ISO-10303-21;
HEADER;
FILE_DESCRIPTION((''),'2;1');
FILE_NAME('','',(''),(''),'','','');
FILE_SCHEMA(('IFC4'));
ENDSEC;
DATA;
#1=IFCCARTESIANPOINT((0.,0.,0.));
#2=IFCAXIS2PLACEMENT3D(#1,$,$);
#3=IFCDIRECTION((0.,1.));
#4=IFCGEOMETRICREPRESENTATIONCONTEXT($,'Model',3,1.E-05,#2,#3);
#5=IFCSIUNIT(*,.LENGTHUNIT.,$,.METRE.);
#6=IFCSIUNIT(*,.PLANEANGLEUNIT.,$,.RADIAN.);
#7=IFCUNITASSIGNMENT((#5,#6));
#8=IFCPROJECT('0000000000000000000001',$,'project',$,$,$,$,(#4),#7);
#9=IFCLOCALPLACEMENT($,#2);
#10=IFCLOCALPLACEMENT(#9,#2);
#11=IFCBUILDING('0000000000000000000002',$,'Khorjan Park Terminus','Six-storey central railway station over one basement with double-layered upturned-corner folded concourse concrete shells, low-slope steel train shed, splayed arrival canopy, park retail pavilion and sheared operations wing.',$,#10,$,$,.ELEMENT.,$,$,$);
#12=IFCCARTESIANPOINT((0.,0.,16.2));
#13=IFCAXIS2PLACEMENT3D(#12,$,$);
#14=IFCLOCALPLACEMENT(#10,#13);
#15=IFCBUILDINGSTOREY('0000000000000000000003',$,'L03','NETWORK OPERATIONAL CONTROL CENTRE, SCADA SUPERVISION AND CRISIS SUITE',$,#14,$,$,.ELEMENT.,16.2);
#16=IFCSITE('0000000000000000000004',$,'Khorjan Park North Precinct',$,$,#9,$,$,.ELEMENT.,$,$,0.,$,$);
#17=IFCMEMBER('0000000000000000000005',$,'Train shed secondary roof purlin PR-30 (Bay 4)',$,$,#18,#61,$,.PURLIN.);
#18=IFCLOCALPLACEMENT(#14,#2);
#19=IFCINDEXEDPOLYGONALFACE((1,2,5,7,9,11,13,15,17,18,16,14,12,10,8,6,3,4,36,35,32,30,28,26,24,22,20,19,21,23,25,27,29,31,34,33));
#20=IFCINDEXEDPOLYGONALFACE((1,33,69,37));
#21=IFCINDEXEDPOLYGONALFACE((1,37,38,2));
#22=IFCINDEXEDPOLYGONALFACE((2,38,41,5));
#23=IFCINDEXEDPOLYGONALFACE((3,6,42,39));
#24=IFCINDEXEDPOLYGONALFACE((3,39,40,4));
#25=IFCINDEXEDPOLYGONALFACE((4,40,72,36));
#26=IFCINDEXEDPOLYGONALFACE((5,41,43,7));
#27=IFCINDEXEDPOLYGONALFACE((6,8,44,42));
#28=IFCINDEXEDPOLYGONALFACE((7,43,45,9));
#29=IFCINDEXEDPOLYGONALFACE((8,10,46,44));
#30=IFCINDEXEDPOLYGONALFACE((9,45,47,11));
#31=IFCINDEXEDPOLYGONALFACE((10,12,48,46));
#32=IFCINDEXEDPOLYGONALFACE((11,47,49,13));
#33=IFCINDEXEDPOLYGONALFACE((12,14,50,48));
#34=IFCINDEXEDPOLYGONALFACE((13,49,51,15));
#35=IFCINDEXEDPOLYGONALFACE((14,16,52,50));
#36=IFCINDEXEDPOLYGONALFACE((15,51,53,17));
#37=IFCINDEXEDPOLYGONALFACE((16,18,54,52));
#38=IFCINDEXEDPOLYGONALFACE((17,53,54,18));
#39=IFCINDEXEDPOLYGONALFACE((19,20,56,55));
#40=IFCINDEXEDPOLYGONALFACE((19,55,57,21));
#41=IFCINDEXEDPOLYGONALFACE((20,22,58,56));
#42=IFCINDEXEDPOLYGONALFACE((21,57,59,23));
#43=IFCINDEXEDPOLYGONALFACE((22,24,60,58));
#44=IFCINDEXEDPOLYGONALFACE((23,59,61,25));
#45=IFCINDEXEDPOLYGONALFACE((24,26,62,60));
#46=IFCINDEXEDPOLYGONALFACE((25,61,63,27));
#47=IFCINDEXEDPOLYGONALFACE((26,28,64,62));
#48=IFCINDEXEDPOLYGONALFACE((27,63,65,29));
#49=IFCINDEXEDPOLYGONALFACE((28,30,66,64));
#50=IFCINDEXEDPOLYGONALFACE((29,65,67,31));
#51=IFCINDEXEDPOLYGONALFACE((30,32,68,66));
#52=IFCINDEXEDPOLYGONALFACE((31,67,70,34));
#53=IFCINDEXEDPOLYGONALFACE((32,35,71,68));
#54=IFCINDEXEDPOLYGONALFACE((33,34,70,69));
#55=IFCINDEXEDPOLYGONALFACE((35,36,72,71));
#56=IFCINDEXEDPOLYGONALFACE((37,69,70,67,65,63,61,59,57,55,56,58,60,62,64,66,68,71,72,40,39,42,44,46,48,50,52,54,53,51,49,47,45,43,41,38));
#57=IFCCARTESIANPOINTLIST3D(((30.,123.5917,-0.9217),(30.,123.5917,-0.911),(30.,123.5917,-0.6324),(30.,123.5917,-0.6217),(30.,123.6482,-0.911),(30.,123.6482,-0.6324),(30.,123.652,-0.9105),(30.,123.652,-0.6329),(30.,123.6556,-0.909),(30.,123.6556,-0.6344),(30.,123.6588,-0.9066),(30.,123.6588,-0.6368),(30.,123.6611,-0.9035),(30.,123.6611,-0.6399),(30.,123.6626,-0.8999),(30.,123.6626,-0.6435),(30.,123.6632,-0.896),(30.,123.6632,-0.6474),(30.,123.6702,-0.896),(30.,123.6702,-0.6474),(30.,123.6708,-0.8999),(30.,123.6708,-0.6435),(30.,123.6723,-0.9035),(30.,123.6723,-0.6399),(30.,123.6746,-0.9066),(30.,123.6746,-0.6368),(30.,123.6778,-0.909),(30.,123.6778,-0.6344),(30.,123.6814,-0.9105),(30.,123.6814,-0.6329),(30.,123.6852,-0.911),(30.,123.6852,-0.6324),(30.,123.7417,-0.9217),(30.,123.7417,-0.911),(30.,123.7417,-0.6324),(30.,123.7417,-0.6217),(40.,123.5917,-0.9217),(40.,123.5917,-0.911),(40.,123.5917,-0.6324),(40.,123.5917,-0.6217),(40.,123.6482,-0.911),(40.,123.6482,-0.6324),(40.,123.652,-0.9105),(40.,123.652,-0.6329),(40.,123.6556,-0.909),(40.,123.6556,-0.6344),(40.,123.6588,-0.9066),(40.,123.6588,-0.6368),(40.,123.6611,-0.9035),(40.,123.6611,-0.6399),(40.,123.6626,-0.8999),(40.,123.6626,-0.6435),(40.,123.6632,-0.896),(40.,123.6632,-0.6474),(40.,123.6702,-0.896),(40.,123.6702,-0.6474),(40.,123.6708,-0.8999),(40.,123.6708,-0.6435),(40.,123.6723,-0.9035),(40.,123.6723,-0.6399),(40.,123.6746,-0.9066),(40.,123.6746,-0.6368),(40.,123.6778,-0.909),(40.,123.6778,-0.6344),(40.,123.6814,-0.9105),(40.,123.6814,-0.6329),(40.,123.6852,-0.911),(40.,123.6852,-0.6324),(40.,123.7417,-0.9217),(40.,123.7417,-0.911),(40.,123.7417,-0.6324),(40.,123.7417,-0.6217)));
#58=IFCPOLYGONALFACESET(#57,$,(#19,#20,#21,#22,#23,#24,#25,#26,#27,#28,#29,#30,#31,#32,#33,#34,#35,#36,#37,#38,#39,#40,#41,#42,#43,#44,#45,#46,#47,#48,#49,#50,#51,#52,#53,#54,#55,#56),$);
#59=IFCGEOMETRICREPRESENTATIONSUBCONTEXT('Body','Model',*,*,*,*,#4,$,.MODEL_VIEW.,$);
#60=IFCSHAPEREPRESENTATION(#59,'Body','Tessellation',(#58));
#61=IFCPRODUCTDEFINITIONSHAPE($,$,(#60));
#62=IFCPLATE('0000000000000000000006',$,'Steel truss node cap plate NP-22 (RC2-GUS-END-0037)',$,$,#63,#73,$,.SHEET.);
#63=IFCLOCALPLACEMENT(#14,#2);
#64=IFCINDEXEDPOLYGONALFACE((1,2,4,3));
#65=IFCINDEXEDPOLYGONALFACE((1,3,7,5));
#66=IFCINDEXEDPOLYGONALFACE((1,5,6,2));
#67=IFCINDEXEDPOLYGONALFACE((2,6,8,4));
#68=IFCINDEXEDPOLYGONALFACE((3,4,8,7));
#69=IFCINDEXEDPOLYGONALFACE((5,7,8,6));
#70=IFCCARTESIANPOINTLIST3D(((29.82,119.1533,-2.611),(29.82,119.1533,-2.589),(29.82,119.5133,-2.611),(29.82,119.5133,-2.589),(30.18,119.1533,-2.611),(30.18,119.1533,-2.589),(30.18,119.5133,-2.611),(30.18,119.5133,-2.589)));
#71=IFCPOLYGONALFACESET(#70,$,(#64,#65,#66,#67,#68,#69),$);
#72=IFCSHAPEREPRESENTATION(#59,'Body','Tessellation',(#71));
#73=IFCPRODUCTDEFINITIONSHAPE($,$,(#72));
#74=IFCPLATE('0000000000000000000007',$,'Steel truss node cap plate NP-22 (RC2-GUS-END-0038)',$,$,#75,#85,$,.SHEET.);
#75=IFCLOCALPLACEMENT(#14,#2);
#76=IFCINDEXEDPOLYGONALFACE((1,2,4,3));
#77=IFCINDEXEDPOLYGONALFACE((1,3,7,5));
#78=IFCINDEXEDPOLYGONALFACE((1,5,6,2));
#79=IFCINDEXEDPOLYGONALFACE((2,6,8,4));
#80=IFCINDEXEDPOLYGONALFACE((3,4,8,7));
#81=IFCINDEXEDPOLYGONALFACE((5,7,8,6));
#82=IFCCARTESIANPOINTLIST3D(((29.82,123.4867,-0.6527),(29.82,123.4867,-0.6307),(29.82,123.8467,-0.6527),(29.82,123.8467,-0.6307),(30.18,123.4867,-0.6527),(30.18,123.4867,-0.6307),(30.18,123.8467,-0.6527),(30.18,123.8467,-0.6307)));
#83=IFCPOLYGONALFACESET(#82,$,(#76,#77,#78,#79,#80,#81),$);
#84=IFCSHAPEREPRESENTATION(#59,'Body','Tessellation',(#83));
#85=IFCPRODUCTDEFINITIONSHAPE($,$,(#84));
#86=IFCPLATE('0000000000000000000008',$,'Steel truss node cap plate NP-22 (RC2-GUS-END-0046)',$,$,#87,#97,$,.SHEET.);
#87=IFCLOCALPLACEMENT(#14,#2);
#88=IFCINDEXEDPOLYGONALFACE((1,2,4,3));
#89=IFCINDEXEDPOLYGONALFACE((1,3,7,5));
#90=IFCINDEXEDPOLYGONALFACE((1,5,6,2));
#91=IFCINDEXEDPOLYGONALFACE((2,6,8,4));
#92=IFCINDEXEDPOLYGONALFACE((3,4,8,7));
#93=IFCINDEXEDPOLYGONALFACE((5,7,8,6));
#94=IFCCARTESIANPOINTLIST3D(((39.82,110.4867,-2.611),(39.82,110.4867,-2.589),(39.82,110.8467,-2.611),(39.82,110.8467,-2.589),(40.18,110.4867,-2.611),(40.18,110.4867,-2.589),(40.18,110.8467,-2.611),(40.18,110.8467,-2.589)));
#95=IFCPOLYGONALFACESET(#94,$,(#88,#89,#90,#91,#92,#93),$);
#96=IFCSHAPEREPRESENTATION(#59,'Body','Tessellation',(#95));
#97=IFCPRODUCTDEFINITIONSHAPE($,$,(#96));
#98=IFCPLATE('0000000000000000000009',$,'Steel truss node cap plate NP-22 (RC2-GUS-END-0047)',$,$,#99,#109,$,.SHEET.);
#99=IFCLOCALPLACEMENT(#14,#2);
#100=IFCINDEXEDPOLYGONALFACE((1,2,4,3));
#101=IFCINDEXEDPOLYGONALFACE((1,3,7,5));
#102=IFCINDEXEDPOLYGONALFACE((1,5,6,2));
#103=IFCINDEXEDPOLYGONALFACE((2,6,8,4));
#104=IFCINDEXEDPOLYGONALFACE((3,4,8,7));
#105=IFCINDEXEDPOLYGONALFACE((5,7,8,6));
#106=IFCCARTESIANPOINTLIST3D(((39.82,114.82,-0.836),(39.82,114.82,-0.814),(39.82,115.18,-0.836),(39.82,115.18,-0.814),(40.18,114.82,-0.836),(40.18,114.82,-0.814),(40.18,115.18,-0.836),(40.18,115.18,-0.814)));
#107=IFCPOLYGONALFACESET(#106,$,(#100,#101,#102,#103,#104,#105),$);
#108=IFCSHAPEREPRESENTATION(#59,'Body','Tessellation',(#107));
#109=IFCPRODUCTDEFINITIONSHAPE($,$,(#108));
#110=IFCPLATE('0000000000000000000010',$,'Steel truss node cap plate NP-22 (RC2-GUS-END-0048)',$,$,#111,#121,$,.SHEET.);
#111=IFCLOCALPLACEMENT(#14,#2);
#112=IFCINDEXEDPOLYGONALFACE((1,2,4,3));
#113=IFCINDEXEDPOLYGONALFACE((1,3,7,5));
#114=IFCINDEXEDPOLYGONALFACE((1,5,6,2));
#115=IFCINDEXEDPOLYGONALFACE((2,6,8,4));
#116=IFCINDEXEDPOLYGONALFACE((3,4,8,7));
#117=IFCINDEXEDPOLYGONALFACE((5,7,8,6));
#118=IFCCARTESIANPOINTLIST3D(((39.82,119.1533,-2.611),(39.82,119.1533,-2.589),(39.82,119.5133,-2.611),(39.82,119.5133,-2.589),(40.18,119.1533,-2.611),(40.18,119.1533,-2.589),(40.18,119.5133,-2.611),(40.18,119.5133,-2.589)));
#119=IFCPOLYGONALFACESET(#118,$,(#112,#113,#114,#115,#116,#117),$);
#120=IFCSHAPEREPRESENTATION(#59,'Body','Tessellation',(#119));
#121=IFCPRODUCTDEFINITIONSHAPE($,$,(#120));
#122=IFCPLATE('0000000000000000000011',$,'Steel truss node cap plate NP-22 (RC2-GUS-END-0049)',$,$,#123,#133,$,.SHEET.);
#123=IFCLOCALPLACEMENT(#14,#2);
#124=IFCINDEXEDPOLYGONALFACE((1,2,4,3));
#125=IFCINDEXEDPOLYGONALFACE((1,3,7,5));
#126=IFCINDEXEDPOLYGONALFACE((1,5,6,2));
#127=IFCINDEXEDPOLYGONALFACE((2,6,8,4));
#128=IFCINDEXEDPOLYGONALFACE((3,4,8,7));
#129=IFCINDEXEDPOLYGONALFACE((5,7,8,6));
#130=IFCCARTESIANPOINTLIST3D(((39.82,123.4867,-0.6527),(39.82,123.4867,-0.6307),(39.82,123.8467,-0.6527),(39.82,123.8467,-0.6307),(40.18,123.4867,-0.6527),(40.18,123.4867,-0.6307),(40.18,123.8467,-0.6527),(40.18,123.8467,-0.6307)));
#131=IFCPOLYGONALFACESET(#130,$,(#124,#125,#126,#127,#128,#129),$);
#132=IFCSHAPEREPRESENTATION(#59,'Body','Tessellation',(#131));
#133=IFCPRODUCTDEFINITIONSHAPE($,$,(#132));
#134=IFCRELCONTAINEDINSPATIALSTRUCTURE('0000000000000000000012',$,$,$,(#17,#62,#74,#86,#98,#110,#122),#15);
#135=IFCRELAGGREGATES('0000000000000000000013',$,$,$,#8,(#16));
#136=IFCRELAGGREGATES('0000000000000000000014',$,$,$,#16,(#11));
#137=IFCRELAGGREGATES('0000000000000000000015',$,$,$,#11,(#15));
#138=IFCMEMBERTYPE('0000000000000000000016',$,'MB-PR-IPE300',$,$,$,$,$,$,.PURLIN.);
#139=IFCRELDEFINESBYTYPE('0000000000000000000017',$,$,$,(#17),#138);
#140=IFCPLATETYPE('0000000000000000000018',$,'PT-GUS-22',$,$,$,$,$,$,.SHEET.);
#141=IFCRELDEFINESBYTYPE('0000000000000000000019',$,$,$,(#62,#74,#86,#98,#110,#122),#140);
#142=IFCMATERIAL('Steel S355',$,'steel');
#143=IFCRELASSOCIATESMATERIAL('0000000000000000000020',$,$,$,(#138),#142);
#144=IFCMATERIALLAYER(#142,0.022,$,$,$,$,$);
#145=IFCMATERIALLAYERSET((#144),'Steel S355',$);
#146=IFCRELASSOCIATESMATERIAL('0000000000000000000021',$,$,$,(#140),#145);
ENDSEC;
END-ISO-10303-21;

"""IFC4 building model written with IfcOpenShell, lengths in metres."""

from ifc_helpers import new_model, si_unit, direction, frame, origin, origin_2d, place, context, subcontext, project, spatial, rectangle, i_section, extrude, material, layer, layer_set, material_profile, profile_set, type_object, element, save


model = new_model("IFC4")

# Units and contexts
model_context = context("Model", 3, precision=1e-05, world=origin(), true_north=direction((0.0, 1.0)))
body_context = subcontext(model_context, "Body", "Model", "MODEL_VIEW")
ifc_project = project(units=[si_unit("LENGTHUNIT", "METRE"), si_unit("PLANEANGLEUNIT", "RADIAN")], contexts=[model_context])

# Site, building, storey
site_placement = place(None, origin())
site = spatial("IfcSite", under=ifc_project, at=site_placement, Name="Khorjan Park North Precinct", CompositionType="ELEMENT", RefElevation=0.0)
building_placement = place(site_placement, origin())
building = spatial("IfcBuilding", under=site, at=building_placement, Name="Khorjan Park Terminus", Description="Six-storey central railway station over one basement with double-layered upturned-corner folded concourse concrete shells, low-slope steel train shed, splayed arrival canopy, park retail pavilion and sheared operations wing.", CompositionType="ELEMENT")
storey_placement = place(building_placement, frame((0.0, 0.0, 16.2)))
storey = spatial("IfcBuildingStorey", under=building, at=storey_placement, Name="L03", Description="NETWORK OPERATIONAL CONTROL CENTRE, SCADA SUPERVISION AND CRISIS SUITE", CompositionType="ELEMENT", Elevation=16.2)

# Member
ifc_material = material(Name="Steel S355", Category="steel")
ifc_material_profile_1 = material_profile(ifc_material, i_section(OverallWidth=0.15, OverallDepth=0.3, WebThickness=0.0071, FlangeThickness=0.0107, FilletRadius=0.015, at=origin_2d()), Name="IPE 300")
ifc_profile_set_1 = profile_set([ifc_material_profile_1], Name="Steel S355")
member_type_1 = type_object("IfcMemberType", Name="MB-PR-IPE300", PredefinedType="PURLIN", material=ifc_profile_set_1)
for number, where, z_axis, x_axis, name in (
    (1, (30.0, 123.6667, -0.7717), (1.0, 0.0, 0.0), (0.0, 1.0, 0.0), "Train shed secondary roof purlin PR-30 (Bay 4)"),
):
    element("IfcMember", number, at=place(storey_placement, frame(where, z_axis=z_axis, x_axis=x_axis)), inside=storey, type_object=member_type_1, Name=name, PredefinedType="PURLIN", context=body_context, shape_type="SweptSolid", body=[
        extrude(i_section(OverallWidth=0.15, OverallDepth=0.3, WebThickness=0.0071, FlangeThickness=0.0107, FilletRadius=0.015, at=origin_2d()), origin(), (0.0, 0.0, 1.0), 10.0),
    ])

# Plates
ifc_layer = layer(ifc_material, 0.022)
ifc_layer_set = layer_set([ifc_layer], Name="Steel S355")
plate_type = type_object("IfcPlateType", Name="PT-GUS-22", PredefinedType="SHEET", material=ifc_layer_set)
for number, where, z_axis, x_axis, name in (
    (2, (30.0, 119.3333, -2.611), (0.0, 0.0, 1.0), (1.0, 0.0, 0.0), "Steel truss node cap plate NP-22 (RC2-GUS-END-0037)"),
    (3, (30.0, 123.6667, -0.6527), (0.0, 0.0, 1.0), (1.0, 0.0, 0.0), "Steel truss node cap plate NP-22 (RC2-GUS-END-0038)"),
    (4, (40.0, 110.6667, -2.611), (0.0, 0.0, 1.0), (1.0, 0.0, 0.0), "Steel truss node cap plate NP-22 (RC2-GUS-END-0046)"),
    (5, (40.0, 115.0, -0.836), (0.0, 0.0, 1.0), (1.0, 0.0, 0.0), "Steel truss node cap plate NP-22 (RC2-GUS-END-0047)"),
    (6, (40.0, 119.3333, -2.611), (0.0, 0.0, 1.0), (1.0, 0.0, 0.0), "Steel truss node cap plate NP-22 (RC2-GUS-END-0048)"),
    (7, (40.0, 123.6667, -0.6527), (0.0, 0.0, 1.0), (1.0, 0.0, 0.0), "Steel truss node cap plate NP-22 (RC2-GUS-END-0049)"),
):
    element("IfcPlate", number, at=place(storey_placement, frame(where, z_axis=z_axis, x_axis=x_axis)), inside=storey, type_object=plate_type, Name=name, PredefinedType="SHEET", context=body_context, shape_type="SweptSolid", body=[
        extrude(rectangle(XDim=0.36, YDim=0.36, at=origin_2d()), origin(), (0.0, 0.0, 1.0), 0.022),
    ])

save(model, "model.ifc")
